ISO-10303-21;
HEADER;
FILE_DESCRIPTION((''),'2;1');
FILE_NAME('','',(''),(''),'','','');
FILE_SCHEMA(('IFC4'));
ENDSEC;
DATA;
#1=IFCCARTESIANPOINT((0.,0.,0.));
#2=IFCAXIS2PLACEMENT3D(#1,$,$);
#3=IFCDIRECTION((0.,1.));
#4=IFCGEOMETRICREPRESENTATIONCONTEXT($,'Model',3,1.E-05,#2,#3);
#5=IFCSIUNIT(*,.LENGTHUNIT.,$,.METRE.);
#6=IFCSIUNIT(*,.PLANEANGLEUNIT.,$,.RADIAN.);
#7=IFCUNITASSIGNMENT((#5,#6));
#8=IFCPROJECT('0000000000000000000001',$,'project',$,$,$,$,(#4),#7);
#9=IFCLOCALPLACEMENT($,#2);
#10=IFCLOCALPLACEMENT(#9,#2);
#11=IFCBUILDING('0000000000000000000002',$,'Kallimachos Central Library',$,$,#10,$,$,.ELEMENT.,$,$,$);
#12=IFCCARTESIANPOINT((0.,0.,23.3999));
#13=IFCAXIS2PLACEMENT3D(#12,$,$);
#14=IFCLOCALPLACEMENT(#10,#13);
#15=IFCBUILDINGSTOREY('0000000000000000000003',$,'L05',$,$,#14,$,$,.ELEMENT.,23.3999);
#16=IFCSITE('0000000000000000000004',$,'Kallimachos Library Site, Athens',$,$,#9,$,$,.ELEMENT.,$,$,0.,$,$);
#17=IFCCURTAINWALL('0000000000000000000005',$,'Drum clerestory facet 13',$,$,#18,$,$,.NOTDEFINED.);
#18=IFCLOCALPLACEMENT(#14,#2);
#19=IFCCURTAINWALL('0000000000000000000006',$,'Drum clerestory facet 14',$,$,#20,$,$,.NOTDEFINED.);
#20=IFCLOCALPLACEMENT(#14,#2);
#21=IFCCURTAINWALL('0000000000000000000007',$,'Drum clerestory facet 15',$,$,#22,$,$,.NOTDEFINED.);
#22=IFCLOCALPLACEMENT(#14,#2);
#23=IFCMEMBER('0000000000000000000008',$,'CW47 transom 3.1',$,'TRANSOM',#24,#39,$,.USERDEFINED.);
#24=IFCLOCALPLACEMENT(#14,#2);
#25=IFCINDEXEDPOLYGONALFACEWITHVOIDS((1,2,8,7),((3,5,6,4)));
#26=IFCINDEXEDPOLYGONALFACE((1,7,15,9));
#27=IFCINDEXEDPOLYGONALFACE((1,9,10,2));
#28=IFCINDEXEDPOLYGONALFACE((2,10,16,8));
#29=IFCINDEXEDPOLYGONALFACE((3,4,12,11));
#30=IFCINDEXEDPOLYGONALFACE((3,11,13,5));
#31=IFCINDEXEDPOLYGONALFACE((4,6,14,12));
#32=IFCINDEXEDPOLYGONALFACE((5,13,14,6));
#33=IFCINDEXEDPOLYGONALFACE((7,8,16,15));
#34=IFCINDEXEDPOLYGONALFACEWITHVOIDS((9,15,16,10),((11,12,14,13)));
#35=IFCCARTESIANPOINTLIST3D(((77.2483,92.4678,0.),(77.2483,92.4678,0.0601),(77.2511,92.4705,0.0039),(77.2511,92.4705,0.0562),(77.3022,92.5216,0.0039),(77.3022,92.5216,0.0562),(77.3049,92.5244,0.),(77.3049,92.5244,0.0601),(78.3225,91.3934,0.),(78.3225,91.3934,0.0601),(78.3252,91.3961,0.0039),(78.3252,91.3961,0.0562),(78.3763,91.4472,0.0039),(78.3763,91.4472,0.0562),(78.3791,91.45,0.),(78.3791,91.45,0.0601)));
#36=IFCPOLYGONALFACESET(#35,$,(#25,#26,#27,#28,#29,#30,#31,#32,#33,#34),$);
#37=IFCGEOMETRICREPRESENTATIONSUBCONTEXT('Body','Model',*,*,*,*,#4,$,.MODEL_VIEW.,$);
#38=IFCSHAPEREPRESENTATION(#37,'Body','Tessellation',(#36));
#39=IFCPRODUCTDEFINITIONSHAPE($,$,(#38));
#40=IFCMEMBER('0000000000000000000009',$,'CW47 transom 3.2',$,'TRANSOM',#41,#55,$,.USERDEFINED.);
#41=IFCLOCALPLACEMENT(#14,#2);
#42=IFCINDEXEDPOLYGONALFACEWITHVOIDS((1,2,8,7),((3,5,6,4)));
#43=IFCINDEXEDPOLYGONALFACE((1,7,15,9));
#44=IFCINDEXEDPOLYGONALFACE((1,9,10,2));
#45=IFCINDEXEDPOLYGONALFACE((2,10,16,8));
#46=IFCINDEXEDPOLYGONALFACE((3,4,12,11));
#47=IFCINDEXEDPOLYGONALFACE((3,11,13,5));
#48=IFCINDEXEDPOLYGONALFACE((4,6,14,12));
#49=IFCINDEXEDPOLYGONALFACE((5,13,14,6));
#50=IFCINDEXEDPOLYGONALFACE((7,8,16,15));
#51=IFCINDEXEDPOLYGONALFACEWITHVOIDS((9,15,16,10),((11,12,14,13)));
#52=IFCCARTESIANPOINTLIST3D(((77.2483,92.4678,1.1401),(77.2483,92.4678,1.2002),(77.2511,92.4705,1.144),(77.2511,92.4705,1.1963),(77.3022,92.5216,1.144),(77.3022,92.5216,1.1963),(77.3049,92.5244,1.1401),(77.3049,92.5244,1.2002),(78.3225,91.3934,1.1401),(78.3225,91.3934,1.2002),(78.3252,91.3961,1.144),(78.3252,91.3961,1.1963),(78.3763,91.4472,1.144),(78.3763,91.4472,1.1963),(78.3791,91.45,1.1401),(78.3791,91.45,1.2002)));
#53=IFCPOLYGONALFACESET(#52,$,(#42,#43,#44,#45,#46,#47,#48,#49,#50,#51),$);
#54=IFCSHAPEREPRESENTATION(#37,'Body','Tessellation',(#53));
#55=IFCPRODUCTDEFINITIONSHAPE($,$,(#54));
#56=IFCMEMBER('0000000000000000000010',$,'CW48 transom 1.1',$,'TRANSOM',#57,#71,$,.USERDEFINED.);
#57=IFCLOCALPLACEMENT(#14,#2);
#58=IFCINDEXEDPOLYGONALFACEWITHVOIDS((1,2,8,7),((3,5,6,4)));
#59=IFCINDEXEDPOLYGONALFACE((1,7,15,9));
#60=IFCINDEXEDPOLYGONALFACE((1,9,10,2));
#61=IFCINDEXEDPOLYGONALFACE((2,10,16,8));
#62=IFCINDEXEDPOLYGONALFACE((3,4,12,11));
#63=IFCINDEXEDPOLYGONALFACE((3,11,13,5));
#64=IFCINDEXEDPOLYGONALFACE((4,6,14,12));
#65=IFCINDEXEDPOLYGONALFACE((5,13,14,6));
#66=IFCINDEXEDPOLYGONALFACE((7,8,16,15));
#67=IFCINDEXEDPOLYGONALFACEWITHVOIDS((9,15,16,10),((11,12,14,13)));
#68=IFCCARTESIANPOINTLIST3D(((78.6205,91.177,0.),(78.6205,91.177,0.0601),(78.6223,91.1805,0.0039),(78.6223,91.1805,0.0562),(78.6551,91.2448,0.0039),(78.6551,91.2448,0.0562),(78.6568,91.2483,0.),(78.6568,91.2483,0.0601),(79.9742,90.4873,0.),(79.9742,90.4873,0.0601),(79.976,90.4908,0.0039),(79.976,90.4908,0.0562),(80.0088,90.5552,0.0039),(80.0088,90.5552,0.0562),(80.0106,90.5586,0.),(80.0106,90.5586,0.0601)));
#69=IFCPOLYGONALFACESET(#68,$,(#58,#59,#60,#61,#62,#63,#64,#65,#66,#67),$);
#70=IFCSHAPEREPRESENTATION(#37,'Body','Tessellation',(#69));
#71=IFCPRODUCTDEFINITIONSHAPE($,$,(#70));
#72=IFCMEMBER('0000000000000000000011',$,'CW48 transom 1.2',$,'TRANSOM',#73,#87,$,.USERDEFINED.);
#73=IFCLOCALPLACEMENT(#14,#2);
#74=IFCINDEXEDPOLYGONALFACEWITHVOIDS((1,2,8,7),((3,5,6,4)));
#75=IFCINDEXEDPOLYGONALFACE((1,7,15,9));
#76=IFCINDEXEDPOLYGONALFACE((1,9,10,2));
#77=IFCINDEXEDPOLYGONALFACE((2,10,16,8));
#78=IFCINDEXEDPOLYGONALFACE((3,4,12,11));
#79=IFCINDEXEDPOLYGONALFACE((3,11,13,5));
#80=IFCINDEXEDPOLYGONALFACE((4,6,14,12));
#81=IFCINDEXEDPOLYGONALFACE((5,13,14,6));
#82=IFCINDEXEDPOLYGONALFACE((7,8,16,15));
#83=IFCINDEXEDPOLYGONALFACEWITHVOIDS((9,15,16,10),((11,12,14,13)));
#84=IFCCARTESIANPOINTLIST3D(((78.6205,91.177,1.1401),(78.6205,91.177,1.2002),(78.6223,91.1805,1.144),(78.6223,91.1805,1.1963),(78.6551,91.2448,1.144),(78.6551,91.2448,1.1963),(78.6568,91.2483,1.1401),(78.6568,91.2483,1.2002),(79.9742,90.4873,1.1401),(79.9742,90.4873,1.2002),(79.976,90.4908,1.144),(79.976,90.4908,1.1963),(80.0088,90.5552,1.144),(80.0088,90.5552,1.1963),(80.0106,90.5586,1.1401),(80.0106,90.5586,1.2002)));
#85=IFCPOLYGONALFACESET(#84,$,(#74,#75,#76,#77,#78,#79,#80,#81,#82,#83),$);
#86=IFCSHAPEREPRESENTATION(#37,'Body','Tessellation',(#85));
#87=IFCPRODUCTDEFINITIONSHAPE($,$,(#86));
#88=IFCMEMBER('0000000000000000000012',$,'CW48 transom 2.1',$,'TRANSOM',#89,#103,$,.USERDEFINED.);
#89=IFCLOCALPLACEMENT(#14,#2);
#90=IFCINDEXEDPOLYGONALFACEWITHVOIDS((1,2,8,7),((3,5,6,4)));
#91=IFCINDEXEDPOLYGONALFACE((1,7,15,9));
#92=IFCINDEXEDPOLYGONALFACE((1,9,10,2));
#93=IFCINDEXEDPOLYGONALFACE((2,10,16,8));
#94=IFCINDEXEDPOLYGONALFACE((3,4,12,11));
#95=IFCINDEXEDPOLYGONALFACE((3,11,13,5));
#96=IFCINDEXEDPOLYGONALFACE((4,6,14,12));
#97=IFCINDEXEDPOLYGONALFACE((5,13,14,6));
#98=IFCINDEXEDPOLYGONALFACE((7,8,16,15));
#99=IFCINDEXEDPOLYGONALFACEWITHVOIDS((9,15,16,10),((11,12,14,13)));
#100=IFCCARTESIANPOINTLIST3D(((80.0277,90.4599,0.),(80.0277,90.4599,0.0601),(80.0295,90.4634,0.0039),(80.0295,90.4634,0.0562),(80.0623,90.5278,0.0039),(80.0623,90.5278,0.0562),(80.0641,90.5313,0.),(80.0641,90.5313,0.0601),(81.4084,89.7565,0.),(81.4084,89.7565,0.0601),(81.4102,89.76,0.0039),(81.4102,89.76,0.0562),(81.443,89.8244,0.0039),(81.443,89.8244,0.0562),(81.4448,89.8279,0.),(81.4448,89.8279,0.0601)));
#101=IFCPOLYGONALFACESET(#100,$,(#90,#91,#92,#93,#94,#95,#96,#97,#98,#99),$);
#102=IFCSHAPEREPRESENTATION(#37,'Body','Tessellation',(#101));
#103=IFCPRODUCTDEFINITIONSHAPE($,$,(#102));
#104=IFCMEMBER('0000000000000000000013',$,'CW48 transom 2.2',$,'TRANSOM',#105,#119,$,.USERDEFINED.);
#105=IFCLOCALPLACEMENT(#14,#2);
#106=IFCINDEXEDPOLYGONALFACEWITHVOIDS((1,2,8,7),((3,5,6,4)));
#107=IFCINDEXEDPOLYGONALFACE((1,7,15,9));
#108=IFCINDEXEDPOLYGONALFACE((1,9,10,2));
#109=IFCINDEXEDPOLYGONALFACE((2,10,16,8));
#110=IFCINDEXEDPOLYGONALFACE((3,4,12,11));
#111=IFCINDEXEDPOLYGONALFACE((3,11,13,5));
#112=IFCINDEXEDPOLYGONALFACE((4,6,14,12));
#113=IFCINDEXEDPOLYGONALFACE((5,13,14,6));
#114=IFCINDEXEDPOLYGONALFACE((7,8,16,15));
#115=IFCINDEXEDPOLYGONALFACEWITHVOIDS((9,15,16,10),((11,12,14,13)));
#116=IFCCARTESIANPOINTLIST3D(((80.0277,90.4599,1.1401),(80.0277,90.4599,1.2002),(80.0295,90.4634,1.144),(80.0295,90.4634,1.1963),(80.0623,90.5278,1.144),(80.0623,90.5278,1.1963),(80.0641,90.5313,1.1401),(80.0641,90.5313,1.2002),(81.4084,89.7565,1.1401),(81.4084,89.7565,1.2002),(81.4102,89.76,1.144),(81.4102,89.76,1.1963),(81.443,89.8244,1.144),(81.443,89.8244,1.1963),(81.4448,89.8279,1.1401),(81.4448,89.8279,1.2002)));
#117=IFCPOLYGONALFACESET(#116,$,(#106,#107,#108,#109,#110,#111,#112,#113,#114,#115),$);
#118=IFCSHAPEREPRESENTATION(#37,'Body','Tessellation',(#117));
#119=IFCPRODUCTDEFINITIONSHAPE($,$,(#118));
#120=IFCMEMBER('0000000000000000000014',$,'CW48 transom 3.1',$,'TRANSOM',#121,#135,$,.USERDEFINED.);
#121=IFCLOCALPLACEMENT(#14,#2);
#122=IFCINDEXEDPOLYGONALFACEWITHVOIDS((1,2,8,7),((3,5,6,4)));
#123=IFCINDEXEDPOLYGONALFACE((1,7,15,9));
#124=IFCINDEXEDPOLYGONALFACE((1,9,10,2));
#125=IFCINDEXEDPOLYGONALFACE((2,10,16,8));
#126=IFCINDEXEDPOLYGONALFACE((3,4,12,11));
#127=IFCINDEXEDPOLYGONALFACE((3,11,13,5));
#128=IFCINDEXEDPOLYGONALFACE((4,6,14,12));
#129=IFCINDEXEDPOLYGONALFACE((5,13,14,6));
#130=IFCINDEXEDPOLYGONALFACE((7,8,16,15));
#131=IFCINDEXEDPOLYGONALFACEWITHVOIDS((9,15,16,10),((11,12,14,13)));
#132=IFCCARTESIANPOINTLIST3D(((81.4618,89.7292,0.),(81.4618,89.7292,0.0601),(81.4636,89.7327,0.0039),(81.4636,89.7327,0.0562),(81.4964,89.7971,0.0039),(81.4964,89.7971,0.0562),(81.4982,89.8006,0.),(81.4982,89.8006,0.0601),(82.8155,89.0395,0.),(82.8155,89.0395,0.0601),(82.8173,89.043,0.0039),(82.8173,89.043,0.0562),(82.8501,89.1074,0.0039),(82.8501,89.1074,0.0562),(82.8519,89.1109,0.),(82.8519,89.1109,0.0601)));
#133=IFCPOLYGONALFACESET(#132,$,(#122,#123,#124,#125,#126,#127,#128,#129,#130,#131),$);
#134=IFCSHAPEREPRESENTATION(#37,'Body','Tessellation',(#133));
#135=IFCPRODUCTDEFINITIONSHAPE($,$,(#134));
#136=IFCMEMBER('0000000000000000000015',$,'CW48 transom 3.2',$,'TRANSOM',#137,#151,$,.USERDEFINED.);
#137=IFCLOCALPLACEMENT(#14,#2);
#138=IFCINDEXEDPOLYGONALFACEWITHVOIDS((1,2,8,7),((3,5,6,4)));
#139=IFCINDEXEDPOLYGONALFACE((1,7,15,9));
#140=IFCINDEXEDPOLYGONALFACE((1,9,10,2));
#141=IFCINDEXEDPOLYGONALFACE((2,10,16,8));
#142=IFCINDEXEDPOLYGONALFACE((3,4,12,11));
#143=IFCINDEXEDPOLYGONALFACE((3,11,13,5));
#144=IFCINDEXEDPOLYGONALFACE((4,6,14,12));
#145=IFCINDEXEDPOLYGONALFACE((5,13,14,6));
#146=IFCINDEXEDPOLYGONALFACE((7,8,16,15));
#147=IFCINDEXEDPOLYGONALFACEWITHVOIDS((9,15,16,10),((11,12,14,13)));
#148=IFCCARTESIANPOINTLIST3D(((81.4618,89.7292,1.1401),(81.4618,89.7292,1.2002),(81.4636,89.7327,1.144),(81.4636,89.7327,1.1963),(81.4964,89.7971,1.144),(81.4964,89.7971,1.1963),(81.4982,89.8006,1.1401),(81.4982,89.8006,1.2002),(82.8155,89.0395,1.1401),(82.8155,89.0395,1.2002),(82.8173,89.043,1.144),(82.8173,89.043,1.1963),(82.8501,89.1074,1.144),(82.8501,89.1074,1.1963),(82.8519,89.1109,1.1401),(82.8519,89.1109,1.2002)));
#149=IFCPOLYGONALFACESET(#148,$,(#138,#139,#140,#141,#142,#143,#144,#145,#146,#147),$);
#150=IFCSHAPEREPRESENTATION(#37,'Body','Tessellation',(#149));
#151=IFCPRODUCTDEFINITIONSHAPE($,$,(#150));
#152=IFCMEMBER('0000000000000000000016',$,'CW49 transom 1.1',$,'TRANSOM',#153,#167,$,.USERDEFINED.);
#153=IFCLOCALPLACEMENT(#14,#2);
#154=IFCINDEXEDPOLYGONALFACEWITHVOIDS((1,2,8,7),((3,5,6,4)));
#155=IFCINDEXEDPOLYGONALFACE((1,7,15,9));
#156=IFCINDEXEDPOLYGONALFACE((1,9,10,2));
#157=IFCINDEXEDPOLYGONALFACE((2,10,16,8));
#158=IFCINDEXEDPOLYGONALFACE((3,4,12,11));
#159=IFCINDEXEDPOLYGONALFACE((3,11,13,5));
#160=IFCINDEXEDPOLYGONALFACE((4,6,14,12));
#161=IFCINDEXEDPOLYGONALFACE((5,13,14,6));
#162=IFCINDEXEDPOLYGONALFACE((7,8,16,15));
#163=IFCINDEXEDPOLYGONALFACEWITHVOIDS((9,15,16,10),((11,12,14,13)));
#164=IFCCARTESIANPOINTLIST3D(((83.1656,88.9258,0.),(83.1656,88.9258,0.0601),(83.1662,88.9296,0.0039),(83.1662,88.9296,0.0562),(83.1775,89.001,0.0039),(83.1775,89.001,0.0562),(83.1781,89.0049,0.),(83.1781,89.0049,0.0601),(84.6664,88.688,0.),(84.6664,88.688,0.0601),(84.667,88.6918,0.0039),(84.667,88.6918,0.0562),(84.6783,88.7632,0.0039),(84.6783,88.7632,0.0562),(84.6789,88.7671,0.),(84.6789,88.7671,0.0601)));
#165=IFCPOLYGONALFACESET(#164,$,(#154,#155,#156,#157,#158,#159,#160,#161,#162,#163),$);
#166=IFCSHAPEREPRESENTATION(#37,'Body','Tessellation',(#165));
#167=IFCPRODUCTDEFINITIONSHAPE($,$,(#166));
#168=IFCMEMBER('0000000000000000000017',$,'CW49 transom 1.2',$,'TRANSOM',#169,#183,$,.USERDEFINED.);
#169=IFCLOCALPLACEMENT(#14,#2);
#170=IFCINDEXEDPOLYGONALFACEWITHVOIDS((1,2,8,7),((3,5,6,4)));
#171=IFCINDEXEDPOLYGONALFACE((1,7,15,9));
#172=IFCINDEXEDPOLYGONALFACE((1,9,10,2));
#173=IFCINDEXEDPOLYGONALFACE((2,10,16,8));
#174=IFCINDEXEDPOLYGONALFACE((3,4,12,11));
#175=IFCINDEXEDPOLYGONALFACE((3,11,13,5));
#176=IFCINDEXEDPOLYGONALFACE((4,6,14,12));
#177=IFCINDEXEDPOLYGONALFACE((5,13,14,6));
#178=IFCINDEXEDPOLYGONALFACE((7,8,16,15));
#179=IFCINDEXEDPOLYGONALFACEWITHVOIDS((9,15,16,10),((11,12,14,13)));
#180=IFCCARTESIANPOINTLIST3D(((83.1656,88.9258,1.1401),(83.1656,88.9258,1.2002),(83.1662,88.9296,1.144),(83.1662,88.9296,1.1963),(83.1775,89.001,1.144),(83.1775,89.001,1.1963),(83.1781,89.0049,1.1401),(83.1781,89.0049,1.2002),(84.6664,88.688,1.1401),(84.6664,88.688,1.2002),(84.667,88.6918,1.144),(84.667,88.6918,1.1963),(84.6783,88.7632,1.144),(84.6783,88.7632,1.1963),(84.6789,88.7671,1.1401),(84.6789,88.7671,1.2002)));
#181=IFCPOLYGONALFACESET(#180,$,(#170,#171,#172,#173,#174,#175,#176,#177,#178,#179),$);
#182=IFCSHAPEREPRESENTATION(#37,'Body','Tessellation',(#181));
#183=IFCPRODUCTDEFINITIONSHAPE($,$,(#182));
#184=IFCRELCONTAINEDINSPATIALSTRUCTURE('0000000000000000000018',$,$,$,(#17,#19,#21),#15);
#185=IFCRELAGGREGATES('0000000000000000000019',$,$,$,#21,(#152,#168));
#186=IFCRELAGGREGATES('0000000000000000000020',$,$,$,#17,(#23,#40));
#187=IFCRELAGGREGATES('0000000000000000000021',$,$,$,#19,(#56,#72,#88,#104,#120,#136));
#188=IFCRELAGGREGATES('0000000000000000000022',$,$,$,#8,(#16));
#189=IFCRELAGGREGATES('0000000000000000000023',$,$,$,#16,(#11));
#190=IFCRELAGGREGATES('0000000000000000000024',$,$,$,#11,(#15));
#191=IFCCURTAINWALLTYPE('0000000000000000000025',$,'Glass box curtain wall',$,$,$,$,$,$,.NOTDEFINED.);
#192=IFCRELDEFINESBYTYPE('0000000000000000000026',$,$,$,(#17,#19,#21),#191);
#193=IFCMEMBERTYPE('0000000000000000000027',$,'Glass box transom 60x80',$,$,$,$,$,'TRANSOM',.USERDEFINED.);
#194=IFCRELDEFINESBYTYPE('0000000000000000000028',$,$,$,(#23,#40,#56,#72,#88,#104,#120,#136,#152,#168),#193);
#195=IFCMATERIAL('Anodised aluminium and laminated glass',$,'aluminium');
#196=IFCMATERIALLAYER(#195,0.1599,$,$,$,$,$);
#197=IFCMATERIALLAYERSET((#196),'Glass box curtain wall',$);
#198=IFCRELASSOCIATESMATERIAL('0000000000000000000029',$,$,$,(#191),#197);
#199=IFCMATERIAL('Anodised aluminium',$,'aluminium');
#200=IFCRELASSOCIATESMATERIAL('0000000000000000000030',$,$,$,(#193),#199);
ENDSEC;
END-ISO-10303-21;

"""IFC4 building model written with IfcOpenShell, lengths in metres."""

from ifc_helpers import new_model, si_unit, direction, frame, origin, origin_2d, place, context, subcontext, project, spatial, hollow_rectangle, extrude, material, layer, layer_set, material_profile, profile_set, type_object, element, aggregate, save


model = new_model("IFC4")

# Units and contexts
model_context = context("Model", 3, precision=1e-05, world=origin(), true_north=direction((0.0, 1.0)))
body_context = subcontext(model_context, "Body", "Model", "MODEL_VIEW")
ifc_project = project(units=[si_unit("LENGTHUNIT", "METRE"), si_unit("PLANEANGLEUNIT", "RADIAN")], contexts=[model_context])

# Site, building, storey
site_placement = place(None, origin())
site = spatial("IfcSite", under=ifc_project, at=site_placement, Name="Kallimachos Library Site, Athens", CompositionType="ELEMENT", RefElevation=0.0)
building_placement = place(site_placement, origin())
building = spatial("IfcBuilding", under=site, at=building_placement, Name="Kallimachos Central Library", CompositionType="ELEMENT")
storey_placement = place(building_placement, frame((0.0, 0.0, 23.3999)))
storey = spatial("IfcBuildingStorey", under=building, at=storey_placement, Name="L05", CompositionType="ELEMENT", Elevation=23.3999)

# Curtain walls
ifc_material_1 = material(Name="Anodised aluminium and laminated glass", Category="aluminium")
ifc_layer_1 = layer(ifc_material_1, 0.1599)
ifc_layer_set_1 = layer_set([ifc_layer_1], Name="Glass box curtain wall")
curtain_wall_type = type_object("IfcCurtainWallType", Name="Glass box curtain wall", PredefinedType="NOTDEFINED", material=ifc_layer_set_1)
curtain_wall_1_placement = place(storey_placement, origin())
curtain_wall_1 = element("IfcCurtainWall", 1, at=curtain_wall_1_placement, inside=storey, type_object=curtain_wall_type, Name="Drum clerestory facet 13", PredefinedType="NOTDEFINED")
curtain_wall_2_placement = place(storey_placement, origin())
curtain_wall_2 = element("IfcCurtainWall", 2, at=curtain_wall_2_placement, inside=storey, type_object=curtain_wall_type, Name="Drum clerestory facet 14", PredefinedType="NOTDEFINED")

# Curtain wall
curtain_wall_3_placement = place(storey_placement, origin())
curtain_wall_3 = element("IfcCurtainWall", 3, at=curtain_wall_3_placement, inside=storey, type_object=curtain_wall_type, Name="Drum clerestory facet 15", PredefinedType="NOTDEFINED")

# Members
ifc_material_2 = material(Name="Anodised aluminium", Category="aluminium")
ifc_material_profile_1 = material_profile(ifc_material_2, hollow_rectangle(XDim=0.0601, YDim=0.0801, WallThickness=0.0039, at=origin_2d()), Name="ALU TRANSOM 60x80")
ifc_profile_set_1 = profile_set([ifc_material_profile_1], Name="Anodised aluminium")
member_type_1 = type_object("IfcMemberType", Name="Glass box transom 60x80", ElementType="TRANSOM", PredefinedType="USERDEFINED", material=ifc_profile_set_1)
member_1_placement = place(storey_placement, frame((77.2766, 92.4961, 0.03), z_axis=(0.707026, -0.707187, 0.0), x_axis=(0.0, 0.0, 1.0)))
member_1 = element("IfcMember", 4, at=member_1_placement, type_object=member_type_1, Name="CW47 transom 3.1", ObjectType="TRANSOM", PredefinedType="USERDEFINED", context=body_context, shape_type="SweptSolid", body=[
    extrude(hollow_rectangle(XDim=0.0601, YDim=0.0801, WallThickness=0.0039, at=origin_2d()), origin(), (0.0, 0.0, 1.0), 1.5193),
])
member_2_placement = place(storey_placement, frame((77.2766, 92.4961, 1.1702), z_axis=(0.707026, -0.707187, 0.0), x_axis=(0.0, 0.0, 1.0)))
member_2 = element("IfcMember", 5, at=member_2_placement, type_object=member_type_1, Name="CW47 transom 3.2", ObjectType="TRANSOM", PredefinedType="USERDEFINED", context=body_context, shape_type="SweptSolid", body=[
    extrude(hollow_rectangle(XDim=0.0601, YDim=0.0801, WallThickness=0.0039, at=origin_2d()), origin(), (0.0, 0.0, 1.0), 1.5193),
])
member_3_placement = place(storey_placement, frame((78.6387, 91.2126, 0.03), z_axis=(0.891027, -0.45395, 0.0), x_axis=(0.0, 0.0, 1.0)))
member_3 = element("IfcMember", 6, at=member_3_placement, type_object=member_type_1, Name="CW48 transom 1.1", ObjectType="TRANSOM", PredefinedType="USERDEFINED", context=body_context, shape_type="SweptSolid", body=[
    extrude(hollow_rectangle(XDim=0.0601, YDim=0.0801, WallThickness=0.0039, at=origin_2d()), origin(), (0.0, 0.0, 1.0), 1.5193),
])
member_4_placement = place(storey_placement, frame((78.6387, 91.2126, 1.1702), z_axis=(0.891027, -0.45395, 0.0), x_axis=(0.0, 0.0, 1.0)))
member_4 = element("IfcMember", 7, at=member_4_placement, type_object=member_type_1, Name="CW48 transom 1.2", ObjectType="TRANSOM", PredefinedType="USERDEFINED", context=body_context, shape_type="SweptSolid", body=[
    extrude(hollow_rectangle(XDim=0.0601, YDim=0.0801, WallThickness=0.0039, at=origin_2d()), origin(), (0.0, 0.0, 1.0), 1.5193),
])
member_5_placement = place(storey_placement, frame((80.0459, 90.4956, 0.03), z_axis=(0.89103, -0.453945, 0.0), x_axis=(0.0, 0.0, 1.0)))
member_5 = element("IfcMember", 8, at=member_5_placement, type_object=member_type_1, Name="CW48 transom 2.1", ObjectType="TRANSOM", PredefinedType="USERDEFINED", context=body_context, shape_type="SweptSolid", body=[
    extrude(hollow_rectangle(XDim=0.0601, YDim=0.0801, WallThickness=0.0039, at=origin_2d()), origin(), (0.0, 0.0, 1.0), 1.5496),
])
member_6_placement = place(storey_placement, frame((80.0459, 90.4956, 1.1702), z_axis=(0.89103, -0.453945, 0.0), x_axis=(0.0, 0.0, 1.0)))
member_6 = element("IfcMember", 9, at=member_6_placement, type_object=member_type_1, Name="CW48 transom 2.2", ObjectType="TRANSOM", PredefinedType="USERDEFINED", context=body_context, shape_type="SweptSolid", body=[
    extrude(hollow_rectangle(XDim=0.0601, YDim=0.0801, WallThickness=0.0039, at=origin_2d()), origin(), (0.0, 0.0, 1.0), 1.5496),
])
member_7_placement = place(storey_placement, frame((81.48, 89.7649, 0.03), z_axis=(0.891027, -0.45395, 0.0), x_axis=(0.0, 0.0, 1.0)))
member_7 = element("IfcMember", 10, at=member_7_placement, type_object=member_type_1, Name="CW48 transom 3.1", ObjectType="TRANSOM", PredefinedType="USERDEFINED", context=body_context, shape_type="SweptSolid", body=[
    extrude(hollow_rectangle(XDim=0.0601, YDim=0.0801, WallThickness=0.0039, at=origin_2d()), origin(), (0.0, 0.0, 1.0), 1.5193),
])
member_8_placement = place(storey_placement, frame((81.48, 89.7649, 1.1702), z_axis=(0.891027, -0.45395, 0.0), x_axis=(0.0, 0.0, 1.0)))
member_8 = element("IfcMember", 11, at=member_8_placement, type_object=member_type_1, Name="CW48 transom 3.2", ObjectType="TRANSOM", PredefinedType="USERDEFINED", context=body_context, shape_type="SweptSolid", body=[
    extrude(hollow_rectangle(XDim=0.0601, YDim=0.0801, WallThickness=0.0039, at=origin_2d()), origin(), (0.0, 0.0, 1.0), 1.5193),
])
member_9_placement = place(storey_placement, frame((83.1719, 88.9653, 0.03), z_axis=(0.987678, -0.156499, 0.0), x_axis=(0.0, 0.0, 1.0)))
member_9 = element("IfcMember", 12, at=member_9_placement, type_object=member_type_1, Name="CW49 transom 1.1", ObjectType="TRANSOM", PredefinedType="USERDEFINED", context=body_context, shape_type="SweptSolid", body=[
    extrude(hollow_rectangle(XDim=0.0601, YDim=0.0801, WallThickness=0.0039, at=origin_2d()), origin(), (0.0, 0.0, 1.0), 1.5195),
])
member_10_placement = place(storey_placement, frame((83.1719, 88.9653, 1.1702), z_axis=(0.987678, -0.156499, 0.0), x_axis=(0.0, 0.0, 1.0)))
member_10 = element("IfcMember", 13, at=member_10_placement, type_object=member_type_1, Name="CW49 transom 1.2", ObjectType="TRANSOM", PredefinedType="USERDEFINED", context=body_context, shape_type="SweptSolid", body=[
    extrude(hollow_rectangle(XDim=0.0601, YDim=0.0801, WallThickness=0.0039, at=origin_2d()), origin(), (0.0, 0.0, 1.0), 1.5195),
])
aggregate(curtain_wall_3, [member_9, member_10])

aggregate(curtain_wall_1, [member_1, member_2])
aggregate(curtain_wall_2, [member_3, member_4, member_5, member_6, member_7, member_8])

save(model, "model.ifc")
